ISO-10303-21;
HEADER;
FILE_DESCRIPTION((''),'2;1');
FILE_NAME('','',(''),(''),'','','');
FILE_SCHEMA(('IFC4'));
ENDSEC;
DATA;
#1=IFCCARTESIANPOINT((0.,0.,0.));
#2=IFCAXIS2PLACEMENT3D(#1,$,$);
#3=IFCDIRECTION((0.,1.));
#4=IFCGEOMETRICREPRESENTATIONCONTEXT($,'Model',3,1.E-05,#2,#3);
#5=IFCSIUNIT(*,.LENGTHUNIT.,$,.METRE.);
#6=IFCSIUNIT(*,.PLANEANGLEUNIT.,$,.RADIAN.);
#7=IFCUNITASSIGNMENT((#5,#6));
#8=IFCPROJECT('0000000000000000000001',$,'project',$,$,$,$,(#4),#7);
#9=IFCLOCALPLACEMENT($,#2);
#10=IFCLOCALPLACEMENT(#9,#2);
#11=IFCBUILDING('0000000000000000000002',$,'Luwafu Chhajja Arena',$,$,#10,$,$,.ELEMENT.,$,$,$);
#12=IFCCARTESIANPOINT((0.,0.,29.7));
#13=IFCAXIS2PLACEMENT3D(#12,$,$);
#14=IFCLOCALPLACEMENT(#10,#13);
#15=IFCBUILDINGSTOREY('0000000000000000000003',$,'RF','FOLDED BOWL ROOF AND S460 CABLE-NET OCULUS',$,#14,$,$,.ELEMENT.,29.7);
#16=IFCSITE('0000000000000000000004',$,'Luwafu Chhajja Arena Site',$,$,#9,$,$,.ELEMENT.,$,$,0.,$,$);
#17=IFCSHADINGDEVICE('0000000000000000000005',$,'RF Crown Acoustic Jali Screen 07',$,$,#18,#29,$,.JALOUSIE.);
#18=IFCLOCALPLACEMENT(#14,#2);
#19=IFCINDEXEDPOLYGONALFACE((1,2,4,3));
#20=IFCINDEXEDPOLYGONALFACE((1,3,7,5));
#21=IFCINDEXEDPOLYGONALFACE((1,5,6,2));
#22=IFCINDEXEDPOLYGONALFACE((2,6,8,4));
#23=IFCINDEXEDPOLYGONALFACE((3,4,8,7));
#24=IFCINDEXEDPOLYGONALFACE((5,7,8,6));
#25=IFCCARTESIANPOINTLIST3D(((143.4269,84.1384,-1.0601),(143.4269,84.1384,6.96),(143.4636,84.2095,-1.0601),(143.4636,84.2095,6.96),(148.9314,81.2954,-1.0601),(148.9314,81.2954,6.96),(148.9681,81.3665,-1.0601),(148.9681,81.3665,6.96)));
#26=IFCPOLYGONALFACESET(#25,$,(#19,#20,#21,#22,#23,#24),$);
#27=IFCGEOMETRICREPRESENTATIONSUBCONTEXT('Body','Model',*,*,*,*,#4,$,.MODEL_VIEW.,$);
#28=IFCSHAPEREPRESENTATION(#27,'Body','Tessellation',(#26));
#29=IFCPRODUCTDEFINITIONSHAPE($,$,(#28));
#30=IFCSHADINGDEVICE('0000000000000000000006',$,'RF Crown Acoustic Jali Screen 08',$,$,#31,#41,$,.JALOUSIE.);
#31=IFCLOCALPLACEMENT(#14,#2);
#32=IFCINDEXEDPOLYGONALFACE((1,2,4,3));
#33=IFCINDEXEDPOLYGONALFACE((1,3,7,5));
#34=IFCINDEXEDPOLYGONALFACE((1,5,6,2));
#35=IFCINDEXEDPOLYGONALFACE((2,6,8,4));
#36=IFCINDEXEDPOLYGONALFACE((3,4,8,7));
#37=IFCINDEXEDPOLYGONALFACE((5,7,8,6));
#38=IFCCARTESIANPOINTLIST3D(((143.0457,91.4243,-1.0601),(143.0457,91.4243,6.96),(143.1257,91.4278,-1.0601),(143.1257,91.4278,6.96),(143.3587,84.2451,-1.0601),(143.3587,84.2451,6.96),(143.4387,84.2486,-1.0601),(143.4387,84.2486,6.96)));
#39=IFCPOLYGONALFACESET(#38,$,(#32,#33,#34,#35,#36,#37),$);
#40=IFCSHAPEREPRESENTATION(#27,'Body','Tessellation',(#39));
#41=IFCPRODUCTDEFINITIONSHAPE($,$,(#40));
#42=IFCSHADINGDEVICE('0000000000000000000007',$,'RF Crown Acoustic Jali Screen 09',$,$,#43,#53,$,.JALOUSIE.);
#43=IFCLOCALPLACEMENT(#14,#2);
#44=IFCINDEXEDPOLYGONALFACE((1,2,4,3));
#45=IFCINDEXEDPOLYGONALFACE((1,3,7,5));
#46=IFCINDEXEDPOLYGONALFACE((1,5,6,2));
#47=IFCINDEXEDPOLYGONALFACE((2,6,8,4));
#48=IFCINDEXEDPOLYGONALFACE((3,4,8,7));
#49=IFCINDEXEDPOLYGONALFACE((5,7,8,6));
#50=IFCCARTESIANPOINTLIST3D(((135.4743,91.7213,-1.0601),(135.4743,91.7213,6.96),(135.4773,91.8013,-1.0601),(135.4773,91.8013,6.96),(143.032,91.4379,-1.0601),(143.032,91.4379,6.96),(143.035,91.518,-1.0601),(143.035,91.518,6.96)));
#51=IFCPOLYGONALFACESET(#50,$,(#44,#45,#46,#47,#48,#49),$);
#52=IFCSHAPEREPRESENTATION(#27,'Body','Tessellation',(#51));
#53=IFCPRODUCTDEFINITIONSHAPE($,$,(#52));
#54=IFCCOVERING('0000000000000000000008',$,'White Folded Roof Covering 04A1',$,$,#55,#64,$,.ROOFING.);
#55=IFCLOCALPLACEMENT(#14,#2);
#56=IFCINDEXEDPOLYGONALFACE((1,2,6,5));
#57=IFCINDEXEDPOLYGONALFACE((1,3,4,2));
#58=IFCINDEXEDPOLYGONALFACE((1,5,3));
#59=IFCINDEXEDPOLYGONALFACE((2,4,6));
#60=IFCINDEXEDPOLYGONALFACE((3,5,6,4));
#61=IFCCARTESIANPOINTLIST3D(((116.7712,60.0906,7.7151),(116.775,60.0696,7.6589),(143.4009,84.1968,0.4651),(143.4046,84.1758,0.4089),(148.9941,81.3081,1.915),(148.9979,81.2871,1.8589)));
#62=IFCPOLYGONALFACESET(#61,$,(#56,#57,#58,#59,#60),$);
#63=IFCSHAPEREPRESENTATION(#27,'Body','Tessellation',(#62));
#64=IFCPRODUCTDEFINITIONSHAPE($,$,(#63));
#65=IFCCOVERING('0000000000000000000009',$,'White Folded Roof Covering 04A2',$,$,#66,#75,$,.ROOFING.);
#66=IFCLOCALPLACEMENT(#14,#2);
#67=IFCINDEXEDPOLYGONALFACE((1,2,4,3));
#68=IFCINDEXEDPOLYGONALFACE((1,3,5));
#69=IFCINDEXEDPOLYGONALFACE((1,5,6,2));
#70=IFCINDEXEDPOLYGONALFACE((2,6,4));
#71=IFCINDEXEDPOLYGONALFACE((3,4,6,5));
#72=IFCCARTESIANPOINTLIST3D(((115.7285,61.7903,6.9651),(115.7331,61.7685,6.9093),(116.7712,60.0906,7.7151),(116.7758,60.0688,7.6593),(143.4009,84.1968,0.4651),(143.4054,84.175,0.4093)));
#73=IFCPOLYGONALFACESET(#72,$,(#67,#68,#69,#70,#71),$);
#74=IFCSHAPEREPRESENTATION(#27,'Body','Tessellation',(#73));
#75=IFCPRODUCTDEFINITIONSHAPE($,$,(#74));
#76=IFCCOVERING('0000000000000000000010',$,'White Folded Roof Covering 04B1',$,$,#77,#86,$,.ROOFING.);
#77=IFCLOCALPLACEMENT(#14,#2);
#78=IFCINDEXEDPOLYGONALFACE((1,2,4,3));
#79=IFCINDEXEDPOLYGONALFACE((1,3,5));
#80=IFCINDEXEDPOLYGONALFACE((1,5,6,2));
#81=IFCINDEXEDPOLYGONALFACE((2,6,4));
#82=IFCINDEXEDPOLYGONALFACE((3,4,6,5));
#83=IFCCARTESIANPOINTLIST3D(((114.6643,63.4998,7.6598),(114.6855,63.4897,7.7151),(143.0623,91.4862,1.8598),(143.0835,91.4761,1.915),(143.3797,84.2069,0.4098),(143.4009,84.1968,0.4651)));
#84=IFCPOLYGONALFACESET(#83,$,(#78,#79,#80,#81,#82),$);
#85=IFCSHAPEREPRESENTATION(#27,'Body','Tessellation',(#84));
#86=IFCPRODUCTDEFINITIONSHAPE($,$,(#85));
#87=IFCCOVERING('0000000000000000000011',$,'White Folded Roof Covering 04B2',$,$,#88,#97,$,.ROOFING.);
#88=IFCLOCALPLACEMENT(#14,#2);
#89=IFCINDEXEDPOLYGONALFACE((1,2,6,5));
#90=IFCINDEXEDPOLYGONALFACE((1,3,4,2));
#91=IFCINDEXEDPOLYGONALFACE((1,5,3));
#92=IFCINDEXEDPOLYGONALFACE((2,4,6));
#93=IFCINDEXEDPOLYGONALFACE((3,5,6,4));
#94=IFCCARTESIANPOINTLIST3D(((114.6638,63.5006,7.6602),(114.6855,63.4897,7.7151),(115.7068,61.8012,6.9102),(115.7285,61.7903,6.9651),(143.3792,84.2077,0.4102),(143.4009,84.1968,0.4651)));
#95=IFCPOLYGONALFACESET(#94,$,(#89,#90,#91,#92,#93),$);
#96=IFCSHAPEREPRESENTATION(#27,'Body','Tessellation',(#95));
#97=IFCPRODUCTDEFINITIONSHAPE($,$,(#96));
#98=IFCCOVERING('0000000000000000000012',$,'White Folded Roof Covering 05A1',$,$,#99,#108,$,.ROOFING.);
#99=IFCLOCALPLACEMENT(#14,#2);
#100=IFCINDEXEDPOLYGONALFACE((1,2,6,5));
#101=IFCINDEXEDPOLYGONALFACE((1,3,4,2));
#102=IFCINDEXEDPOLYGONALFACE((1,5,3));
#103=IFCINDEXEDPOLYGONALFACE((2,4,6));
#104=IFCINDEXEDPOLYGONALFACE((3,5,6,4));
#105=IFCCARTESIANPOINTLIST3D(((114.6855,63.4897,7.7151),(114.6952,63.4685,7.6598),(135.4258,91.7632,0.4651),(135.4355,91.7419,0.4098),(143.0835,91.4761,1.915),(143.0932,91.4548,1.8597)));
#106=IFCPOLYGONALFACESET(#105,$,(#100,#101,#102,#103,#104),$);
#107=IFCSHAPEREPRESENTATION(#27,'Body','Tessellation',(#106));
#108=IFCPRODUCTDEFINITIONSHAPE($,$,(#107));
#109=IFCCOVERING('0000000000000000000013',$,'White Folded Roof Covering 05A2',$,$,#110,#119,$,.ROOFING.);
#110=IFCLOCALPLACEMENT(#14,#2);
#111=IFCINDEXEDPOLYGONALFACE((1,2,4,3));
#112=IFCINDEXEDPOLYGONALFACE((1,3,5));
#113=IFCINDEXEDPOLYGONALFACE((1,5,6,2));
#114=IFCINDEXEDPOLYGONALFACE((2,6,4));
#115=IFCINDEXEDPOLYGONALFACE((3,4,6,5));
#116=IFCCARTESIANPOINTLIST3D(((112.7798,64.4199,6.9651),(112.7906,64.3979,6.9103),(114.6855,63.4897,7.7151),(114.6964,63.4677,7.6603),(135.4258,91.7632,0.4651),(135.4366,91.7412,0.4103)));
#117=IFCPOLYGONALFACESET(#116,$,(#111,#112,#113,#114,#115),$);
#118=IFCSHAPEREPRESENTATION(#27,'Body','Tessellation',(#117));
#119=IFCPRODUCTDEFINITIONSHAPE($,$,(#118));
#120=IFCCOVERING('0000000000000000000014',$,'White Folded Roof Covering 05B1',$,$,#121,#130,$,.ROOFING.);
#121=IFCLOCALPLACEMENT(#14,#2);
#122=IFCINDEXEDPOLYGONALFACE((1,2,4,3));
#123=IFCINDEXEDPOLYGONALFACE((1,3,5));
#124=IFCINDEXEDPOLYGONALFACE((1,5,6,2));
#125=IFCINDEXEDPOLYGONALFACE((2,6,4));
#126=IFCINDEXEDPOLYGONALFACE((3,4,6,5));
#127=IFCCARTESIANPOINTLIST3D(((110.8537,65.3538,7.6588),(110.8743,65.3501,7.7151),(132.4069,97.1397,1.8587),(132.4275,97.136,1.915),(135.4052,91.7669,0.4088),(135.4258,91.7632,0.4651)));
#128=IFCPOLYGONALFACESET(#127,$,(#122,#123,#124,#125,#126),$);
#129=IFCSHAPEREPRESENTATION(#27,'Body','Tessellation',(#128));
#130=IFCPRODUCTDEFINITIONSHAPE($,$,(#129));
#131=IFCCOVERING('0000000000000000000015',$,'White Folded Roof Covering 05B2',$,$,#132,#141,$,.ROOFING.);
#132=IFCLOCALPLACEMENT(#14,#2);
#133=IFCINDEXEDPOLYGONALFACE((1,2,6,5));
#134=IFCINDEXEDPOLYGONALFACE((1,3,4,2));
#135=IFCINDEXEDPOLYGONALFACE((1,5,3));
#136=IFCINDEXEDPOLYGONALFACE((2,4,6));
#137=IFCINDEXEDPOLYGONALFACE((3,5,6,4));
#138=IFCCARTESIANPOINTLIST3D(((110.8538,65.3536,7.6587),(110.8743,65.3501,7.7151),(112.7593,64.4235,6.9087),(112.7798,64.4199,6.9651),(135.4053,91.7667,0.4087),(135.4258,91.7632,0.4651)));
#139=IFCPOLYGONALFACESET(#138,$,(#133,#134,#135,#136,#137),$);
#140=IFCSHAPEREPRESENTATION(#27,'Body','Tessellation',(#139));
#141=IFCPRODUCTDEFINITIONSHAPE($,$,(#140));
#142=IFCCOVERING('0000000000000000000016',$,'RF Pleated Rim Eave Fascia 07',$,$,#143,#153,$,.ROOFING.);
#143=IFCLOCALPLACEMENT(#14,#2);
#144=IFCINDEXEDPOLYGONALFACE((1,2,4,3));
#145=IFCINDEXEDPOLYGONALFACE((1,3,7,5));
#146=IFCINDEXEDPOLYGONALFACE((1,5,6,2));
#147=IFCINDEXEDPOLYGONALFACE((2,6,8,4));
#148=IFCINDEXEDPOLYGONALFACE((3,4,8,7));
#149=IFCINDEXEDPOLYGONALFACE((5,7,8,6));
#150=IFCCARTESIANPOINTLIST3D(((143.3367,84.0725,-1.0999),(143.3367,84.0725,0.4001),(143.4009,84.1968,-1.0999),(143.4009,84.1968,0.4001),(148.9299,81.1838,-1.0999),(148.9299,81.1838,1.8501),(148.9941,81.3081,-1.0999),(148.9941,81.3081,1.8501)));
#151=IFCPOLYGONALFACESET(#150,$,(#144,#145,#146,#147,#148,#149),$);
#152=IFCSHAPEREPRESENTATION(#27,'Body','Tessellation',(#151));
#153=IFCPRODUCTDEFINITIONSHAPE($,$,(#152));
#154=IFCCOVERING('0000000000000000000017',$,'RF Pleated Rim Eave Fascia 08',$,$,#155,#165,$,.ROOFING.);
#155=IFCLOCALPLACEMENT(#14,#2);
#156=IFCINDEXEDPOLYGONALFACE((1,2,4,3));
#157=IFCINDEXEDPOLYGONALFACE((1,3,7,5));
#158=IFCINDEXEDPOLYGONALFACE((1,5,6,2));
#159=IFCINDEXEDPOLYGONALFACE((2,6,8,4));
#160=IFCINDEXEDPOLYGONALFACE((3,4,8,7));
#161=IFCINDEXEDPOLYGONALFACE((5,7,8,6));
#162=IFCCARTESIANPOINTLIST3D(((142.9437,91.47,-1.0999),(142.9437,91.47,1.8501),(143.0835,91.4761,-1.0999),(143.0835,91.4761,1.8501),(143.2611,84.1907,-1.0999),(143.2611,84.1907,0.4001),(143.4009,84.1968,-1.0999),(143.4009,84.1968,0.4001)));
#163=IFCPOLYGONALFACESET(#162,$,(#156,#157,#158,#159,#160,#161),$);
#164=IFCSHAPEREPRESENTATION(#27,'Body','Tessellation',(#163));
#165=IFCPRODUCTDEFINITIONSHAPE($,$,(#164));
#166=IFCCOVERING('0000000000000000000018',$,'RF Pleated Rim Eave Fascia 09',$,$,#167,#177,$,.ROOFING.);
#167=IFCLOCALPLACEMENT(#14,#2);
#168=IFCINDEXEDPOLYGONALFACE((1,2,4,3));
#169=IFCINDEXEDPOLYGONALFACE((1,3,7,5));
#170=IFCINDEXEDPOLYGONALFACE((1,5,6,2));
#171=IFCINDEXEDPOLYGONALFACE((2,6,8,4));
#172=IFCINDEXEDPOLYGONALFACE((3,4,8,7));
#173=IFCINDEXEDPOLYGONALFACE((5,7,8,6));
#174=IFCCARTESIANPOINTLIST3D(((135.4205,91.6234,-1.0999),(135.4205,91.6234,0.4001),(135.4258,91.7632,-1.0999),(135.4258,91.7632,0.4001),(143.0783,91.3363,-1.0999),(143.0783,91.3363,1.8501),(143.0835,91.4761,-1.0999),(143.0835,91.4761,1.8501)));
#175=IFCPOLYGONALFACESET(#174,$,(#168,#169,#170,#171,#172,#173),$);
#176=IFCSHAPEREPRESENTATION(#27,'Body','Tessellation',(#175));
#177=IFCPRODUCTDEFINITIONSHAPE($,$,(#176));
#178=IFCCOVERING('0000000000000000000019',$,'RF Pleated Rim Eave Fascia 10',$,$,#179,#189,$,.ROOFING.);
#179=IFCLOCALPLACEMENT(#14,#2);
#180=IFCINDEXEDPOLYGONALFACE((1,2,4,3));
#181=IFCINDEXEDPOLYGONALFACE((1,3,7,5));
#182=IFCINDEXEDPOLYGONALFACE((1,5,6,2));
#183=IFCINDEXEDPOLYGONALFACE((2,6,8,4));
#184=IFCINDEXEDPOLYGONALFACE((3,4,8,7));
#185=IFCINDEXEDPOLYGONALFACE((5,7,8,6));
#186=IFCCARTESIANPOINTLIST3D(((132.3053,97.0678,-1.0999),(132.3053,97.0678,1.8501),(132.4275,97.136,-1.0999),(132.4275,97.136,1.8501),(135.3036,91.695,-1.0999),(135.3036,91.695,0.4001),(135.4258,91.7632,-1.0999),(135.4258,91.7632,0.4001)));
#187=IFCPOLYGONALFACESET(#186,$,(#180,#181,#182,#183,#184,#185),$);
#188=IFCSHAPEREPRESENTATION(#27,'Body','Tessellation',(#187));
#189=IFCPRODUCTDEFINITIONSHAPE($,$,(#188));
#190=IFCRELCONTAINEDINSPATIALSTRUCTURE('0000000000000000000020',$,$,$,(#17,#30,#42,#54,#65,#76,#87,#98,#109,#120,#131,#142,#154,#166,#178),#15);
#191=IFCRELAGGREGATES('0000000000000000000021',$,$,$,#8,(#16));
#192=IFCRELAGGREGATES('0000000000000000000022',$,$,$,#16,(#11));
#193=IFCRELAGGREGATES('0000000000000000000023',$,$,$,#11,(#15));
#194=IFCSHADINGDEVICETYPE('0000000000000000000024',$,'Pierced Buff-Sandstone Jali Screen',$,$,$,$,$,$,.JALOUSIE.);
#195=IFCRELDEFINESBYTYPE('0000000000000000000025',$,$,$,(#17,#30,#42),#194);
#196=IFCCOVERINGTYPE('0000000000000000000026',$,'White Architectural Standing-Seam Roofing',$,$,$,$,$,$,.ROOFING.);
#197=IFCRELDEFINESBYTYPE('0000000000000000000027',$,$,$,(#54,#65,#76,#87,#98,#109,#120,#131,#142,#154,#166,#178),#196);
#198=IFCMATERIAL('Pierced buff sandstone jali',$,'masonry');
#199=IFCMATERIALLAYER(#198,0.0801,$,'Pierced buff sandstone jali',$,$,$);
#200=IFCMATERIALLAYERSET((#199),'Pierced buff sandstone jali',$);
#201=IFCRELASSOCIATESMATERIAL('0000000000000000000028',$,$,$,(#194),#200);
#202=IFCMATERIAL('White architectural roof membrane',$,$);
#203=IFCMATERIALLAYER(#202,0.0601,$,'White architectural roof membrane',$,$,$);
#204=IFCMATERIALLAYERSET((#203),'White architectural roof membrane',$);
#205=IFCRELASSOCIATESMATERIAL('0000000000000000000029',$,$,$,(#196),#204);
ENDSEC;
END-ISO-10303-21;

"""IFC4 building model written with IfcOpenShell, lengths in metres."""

from ifc_helpers import new_model, si_unit, direction, frame, origin, origin_2d, place, context, subcontext, project, spatial, polyline, rectangle, outline, extrude, material, layer, layer_set, type_object, element, save


model = new_model("IFC4")

# Units and contexts
model_context = context("Model", 3, precision=1e-05, world=origin(), true_north=direction((0.0, 1.0)))
body_context = subcontext(model_context, "Body", "Model", "MODEL_VIEW")
ifc_project = project(units=[si_unit("LENGTHUNIT", "METRE"), si_unit("PLANEANGLEUNIT", "RADIAN")], contexts=[model_context])

# Site, building, storey
site_placement = place(None, origin())
site = spatial("IfcSite", under=ifc_project, at=site_placement, Name="Luwafu Chhajja Arena Site", CompositionType="ELEMENT", RefElevation=0.0)
building_placement = place(site_placement, origin())
building = spatial("IfcBuilding", under=site, at=building_placement, Name="Luwafu Chhajja Arena", CompositionType="ELEMENT")
storey_placement = place(building_placement, frame((0.0, 0.0, 29.7)))
storey = spatial("IfcBuildingStorey", under=building, at=storey_placement, Name="RF", Description="FOLDED BOWL ROOF AND S460 CABLE-NET OCULUS", CompositionType="ELEMENT", Elevation=29.7)

# Shading devices
ifc_material_1 = material(Name="Pierced buff sandstone jali", Category="masonry")
ifc_layer_1 = layer(ifc_material_1, 0.0801, Name="Pierced buff sandstone jali")
ifc_layer_set_1 = layer_set([ifc_layer_1], Name="Pierced buff sandstone jali")
shading_device_type = type_object("IfcShadingDeviceType", Name="Pierced Buff-Sandstone Jali Screen", PredefinedType="JALOUSIE", material=ifc_layer_set_1)
shading_device_1_placement = place(storey_placement, frame((146.1975, 82.7524, -1.0601), z_axis=(0.0, 0.0, 1.0), x_axis=(-0.888492, 0.458892, 0.0)))
element("IfcShadingDevice", 1, at=shading_device_1_placement, inside=storey, type_object=shading_device_type, Name="RF Crown Acoustic Jali Screen 07", PredefinedType="JALOUSIE", context=body_context, shape_type="SweptSolid", body=[
    extrude(rectangle(XDim=6.1953, YDim=0.0801, at=origin_2d()), origin(), (0.0, 0.0, 1.0), 8.02),
])
shading_device_2_placement = place(storey_placement, frame((143.2422, 87.8364, -1.0601), z_axis=(0.0, 0.0, 1.0), x_axis=(-0.043562, 0.999051, 0.0)))
element("IfcShadingDevice", 2, at=shading_device_2_placement, inside=storey, type_object=shading_device_type, Name="RF Crown Acoustic Jali Screen 08", PredefinedType="JALOUSIE", context=body_context, shape_type="SweptSolid", body=[
    extrude(rectangle(XDim=7.186, YDim=0.0801, at=origin_2d()), origin(), (0.0, 0.0, 1.0), 8.02),
])
shading_device_3_placement = place(storey_placement, frame((139.2546, 91.6196, -1.0601), z_axis=(0.0, 0.0, 1.0), x_axis=(-0.999298, 0.037465, 0.0)))
element("IfcShadingDevice", 3, at=shading_device_3_placement, inside=storey, type_object=shading_device_type, Name="RF Crown Acoustic Jali Screen 09", PredefinedType="JALOUSIE", context=body_context, shape_type="SweptSolid", body=[
    extrude(rectangle(XDim=7.563, YDim=0.0801, at=origin_2d()), origin(), (0.0, 0.0, 1.0), 8.02),
])

# Coverings
ifc_material_2 = material(Name="White architectural roof membrane")
ifc_layer_2 = layer(ifc_material_2, 0.0601, Name="White architectural roof membrane")
ifc_layer_set_2 = layer_set([ifc_layer_2], Name="White architectural roof membrane")
covering_type = type_object("IfcCoveringType", Name="White Architectural Standing-Seam Roofing", PredefinedType="ROOFING", material=ifc_layer_set_2)
covering_1_placement = place(storey_placement, frame((148.9941, 81.3081, 1.915), z_axis=(-0.061853, 0.349499, 0.934893), x_axis=(-0.865832, 0.447164, -0.224451)))
element("IfcCovering", 4, at=covering_1_placement, inside=storey, type_object=covering_type, Name="White Folded Roof Covering 04A1", PredefinedType="ROOFING", context=body_context, shape_type="SweptSolid", body=[
    extrude(outline(polyline([(0.0, 0.0), (6.46, 0.0), (17.1101, 35.0626), (0.0, 0.0)])), origin(), (0.0, 0.0, -1.0), 0.0601),
])
covering_2_placement = place(storey_placement, frame((143.4009, 84.1968, 0.4651), z_axis=(-0.075937, 0.363172, 0.928623), x_axis=(-0.764541, -0.619054, 0.179584)))
element("IfcCovering", 5, at=covering_2_placement, inside=storey, type_object=covering_type, Name="White Folded Roof Covering 04A2", PredefinedType="ROOFING", context=body_context, shape_type="SweptSolid", body=[
    extrude(outline(polyline([(0.0, 0.0), (36.1948, 0.0), (36.5845, 2.0945), (0.0, 0.0)])), origin(), (0.0, 0.0, -1.0), 0.0601),
])
covering_3_placement = place(storey_placement, frame((143.4009, 84.1968, 0.4651), z_axis=(0.353423, -0.167898, 0.920273), x_axis=(-0.042722, 0.979838, 0.195172)))
element("IfcCovering", 6, at=covering_3_placement, inside=storey, type_object=covering_type, Name="White Folded Roof Covering 04B1", PredefinedType="ROOFING", context=body_context, shape_type="SweptSolid", body=[
    extrude(outline(polyline([(0.0, 0.0), (7.4291, 0.0), (-17.6478, 31.5352), (0.0, 0.0)])), origin(), (0.0, 0.0, -1.0), 0.0601),
])
covering_4_placement = place(storey_placement, frame((143.4009, 84.1968, 0.4651), z_axis=(0.361773, -0.181527, 0.914422), x_axis=(-0.794615, -0.573008, 0.200623)))
element("IfcCovering", 7, at=covering_4_placement, inside=storey, type_object=covering_type, Name="White Folded Roof Covering 04B2", PredefinedType="ROOFING", context=body_context, shape_type="SweptSolid", body=[
    extrude(outline(polyline([(0.0, 0.0), (36.1374, 0.0), (36.132, 2.1304), (0.0, 0.0)])), origin(), (0.0, 0.0, -1.0), 0.0601),
])
covering_5_placement = place(storey_placement, frame((143.0835, 91.4761, 1.915), z_axis=(-0.161121, 0.354388, 0.921113), x_axis=(-0.981876, 0.036813, -0.185914)))
element("IfcCovering", 8, at=covering_5_placement, inside=storey, type_object=covering_type, Name="White Folded Roof Covering 05A1", PredefinedType="ROOFING", context=body_context, shape_type="SweptSolid", body=[
    extrude(outline(polyline([(0.0, 0.0), (7.7991, 0.0), (25.7747, 30.9675), (0.0, 0.0)])), origin(), (0.0, 0.0, -1.0), 0.0601),
])
covering_6_placement = place(storey_placement, frame((135.4258, 91.7632, 0.4651), z_axis=(-0.180395, 0.366396, 0.912804), x_axis=(-0.627425, -0.757566, 0.180088)))
element("IfcCovering", 9, at=covering_6_placement, inside=storey, type_object=covering_type, Name="White Folded Roof Covering 05A2", PredefinedType="ROOFING", context=body_context, shape_type="SweptSolid", body=[
    extrude(outline(polyline([(0.0, 0.0), (36.0936, 0.0), (35.7376, 2.221), (0.0, 0.0)])), origin(), (0.0, 0.0, -1.0), 0.0601),
])
covering_7_placement = place(storey_placement, frame((135.4258, 91.7632, 0.4651), z_axis=(0.342997, -0.061543, 0.937318), x_axis=(-0.474314, 0.849949, 0.229375)))
element("IfcCovering", 10, at=covering_7_placement, inside=storey, type_object=covering_type, Name="White Folded Roof Covering 05B1", PredefinedType="ROOFING", context=body_context, shape_type="SweptSolid", body=[
    extrude(outline(polyline([(0.0, 0.0), (6.3213, 0.0), (-9.1417, 35.6289), (0.0, 0.0)])), origin(), (0.0, 0.0, -1.0), 0.0601),
])
covering_8_placement = place(storey_placement, frame((135.4258, 91.7632, 0.4651), z_axis=(0.340549, -0.058977, 0.938375), x_axis=(-0.667469, -0.718078, 0.197102)))
element("IfcCovering", 11, at=covering_8_placement, inside=storey, type_object=covering_type, Name="White Folded Roof Covering 05B2", PredefinedType="ROOFING", context=body_context, shape_type="SweptSolid", body=[
    extrude(outline(polyline([(0.0, 0.0), (36.783, 0.0), (36.0313, 2.1198), (0.0, 0.0)])), origin(), (0.0, 0.0, -1.0), 0.0601),
])
covering_9_placement = place(storey_placement, frame((148.9941, 81.3081, -1.0999), z_axis=(0.458872, 0.888502, 0.0), x_axis=(-0.888502, 0.458872, 0.0)))
element("IfcCovering", 12, at=covering_9_placement, inside=storey, type_object=covering_type, Name="RF Pleated Rim Eave Fascia 07", PredefinedType="ROOFING", context=body_context, shape_type="SweptSolid", body=[
    extrude(outline(polyline([(0.0, 0.0), (6.2952, 0.0), (6.2952, 1.5), (0.0, 2.95), (0.0, 0.0)])), origin(), (0.0, 0.0, -1.0), 0.1399),
])
covering_10_placement = place(storey_placement, frame((143.4009, 84.1968, -1.0999), z_axis=(0.999051, 0.043559, 0.0), x_axis=(-0.043559, 0.999051, 0.0)))
element("IfcCovering", 13, at=covering_10_placement, inside=storey, type_object=covering_type, Name="RF Pleated Rim Eave Fascia 08", PredefinedType="ROOFING", context=body_context, shape_type="SweptSolid", body=[
    extrude(outline(polyline([(0.0, 0.0), (7.2862, 0.0), (7.2862, 2.95), (0.0, 1.5), (0.0, 0.0)])), origin(), (0.0, 0.0, -1.0), 0.1399),
])
covering_11_placement = place(storey_placement, frame((143.0835, 91.4761, -1.0999), z_axis=(0.037467, 0.999298, 0.0), x_axis=(-0.999298, 0.037467, 0.0)))
element("IfcCovering", 14, at=covering_11_placement, inside=storey, type_object=covering_type, Name="RF Pleated Rim Eave Fascia 09", PredefinedType="ROOFING", context=body_context, shape_type="SweptSolid", body=[
    extrude(outline(polyline([(0.0, 0.0), (7.6631, 0.0), (7.6631, 1.5), (0.0, 2.95), (0.0, 0.0)])), origin(), (0.0, 0.0, -1.0), 0.1399),
])
covering_12_placement = place(storey_placement, frame((135.4258, 91.7632, -1.0999), z_axis=(0.873231, 0.487306, 0.0), x_axis=(-0.487306, 0.873231, 0.0)))
element("IfcCovering", 15, at=covering_12_placement, inside=storey, type_object=covering_type, Name="RF Pleated Rim Eave Fascia 10", PredefinedType="ROOFING", context=body_context, shape_type="SweptSolid", body=[
    extrude(outline(polyline([(0.0, 0.0), (6.1528, 0.0), (6.1528, 2.95), (0.0, 1.5), (0.0, 0.0)])), origin(), (0.0, 0.0, -1.0), 0.1399),
])

save(model, "model.ifc")
